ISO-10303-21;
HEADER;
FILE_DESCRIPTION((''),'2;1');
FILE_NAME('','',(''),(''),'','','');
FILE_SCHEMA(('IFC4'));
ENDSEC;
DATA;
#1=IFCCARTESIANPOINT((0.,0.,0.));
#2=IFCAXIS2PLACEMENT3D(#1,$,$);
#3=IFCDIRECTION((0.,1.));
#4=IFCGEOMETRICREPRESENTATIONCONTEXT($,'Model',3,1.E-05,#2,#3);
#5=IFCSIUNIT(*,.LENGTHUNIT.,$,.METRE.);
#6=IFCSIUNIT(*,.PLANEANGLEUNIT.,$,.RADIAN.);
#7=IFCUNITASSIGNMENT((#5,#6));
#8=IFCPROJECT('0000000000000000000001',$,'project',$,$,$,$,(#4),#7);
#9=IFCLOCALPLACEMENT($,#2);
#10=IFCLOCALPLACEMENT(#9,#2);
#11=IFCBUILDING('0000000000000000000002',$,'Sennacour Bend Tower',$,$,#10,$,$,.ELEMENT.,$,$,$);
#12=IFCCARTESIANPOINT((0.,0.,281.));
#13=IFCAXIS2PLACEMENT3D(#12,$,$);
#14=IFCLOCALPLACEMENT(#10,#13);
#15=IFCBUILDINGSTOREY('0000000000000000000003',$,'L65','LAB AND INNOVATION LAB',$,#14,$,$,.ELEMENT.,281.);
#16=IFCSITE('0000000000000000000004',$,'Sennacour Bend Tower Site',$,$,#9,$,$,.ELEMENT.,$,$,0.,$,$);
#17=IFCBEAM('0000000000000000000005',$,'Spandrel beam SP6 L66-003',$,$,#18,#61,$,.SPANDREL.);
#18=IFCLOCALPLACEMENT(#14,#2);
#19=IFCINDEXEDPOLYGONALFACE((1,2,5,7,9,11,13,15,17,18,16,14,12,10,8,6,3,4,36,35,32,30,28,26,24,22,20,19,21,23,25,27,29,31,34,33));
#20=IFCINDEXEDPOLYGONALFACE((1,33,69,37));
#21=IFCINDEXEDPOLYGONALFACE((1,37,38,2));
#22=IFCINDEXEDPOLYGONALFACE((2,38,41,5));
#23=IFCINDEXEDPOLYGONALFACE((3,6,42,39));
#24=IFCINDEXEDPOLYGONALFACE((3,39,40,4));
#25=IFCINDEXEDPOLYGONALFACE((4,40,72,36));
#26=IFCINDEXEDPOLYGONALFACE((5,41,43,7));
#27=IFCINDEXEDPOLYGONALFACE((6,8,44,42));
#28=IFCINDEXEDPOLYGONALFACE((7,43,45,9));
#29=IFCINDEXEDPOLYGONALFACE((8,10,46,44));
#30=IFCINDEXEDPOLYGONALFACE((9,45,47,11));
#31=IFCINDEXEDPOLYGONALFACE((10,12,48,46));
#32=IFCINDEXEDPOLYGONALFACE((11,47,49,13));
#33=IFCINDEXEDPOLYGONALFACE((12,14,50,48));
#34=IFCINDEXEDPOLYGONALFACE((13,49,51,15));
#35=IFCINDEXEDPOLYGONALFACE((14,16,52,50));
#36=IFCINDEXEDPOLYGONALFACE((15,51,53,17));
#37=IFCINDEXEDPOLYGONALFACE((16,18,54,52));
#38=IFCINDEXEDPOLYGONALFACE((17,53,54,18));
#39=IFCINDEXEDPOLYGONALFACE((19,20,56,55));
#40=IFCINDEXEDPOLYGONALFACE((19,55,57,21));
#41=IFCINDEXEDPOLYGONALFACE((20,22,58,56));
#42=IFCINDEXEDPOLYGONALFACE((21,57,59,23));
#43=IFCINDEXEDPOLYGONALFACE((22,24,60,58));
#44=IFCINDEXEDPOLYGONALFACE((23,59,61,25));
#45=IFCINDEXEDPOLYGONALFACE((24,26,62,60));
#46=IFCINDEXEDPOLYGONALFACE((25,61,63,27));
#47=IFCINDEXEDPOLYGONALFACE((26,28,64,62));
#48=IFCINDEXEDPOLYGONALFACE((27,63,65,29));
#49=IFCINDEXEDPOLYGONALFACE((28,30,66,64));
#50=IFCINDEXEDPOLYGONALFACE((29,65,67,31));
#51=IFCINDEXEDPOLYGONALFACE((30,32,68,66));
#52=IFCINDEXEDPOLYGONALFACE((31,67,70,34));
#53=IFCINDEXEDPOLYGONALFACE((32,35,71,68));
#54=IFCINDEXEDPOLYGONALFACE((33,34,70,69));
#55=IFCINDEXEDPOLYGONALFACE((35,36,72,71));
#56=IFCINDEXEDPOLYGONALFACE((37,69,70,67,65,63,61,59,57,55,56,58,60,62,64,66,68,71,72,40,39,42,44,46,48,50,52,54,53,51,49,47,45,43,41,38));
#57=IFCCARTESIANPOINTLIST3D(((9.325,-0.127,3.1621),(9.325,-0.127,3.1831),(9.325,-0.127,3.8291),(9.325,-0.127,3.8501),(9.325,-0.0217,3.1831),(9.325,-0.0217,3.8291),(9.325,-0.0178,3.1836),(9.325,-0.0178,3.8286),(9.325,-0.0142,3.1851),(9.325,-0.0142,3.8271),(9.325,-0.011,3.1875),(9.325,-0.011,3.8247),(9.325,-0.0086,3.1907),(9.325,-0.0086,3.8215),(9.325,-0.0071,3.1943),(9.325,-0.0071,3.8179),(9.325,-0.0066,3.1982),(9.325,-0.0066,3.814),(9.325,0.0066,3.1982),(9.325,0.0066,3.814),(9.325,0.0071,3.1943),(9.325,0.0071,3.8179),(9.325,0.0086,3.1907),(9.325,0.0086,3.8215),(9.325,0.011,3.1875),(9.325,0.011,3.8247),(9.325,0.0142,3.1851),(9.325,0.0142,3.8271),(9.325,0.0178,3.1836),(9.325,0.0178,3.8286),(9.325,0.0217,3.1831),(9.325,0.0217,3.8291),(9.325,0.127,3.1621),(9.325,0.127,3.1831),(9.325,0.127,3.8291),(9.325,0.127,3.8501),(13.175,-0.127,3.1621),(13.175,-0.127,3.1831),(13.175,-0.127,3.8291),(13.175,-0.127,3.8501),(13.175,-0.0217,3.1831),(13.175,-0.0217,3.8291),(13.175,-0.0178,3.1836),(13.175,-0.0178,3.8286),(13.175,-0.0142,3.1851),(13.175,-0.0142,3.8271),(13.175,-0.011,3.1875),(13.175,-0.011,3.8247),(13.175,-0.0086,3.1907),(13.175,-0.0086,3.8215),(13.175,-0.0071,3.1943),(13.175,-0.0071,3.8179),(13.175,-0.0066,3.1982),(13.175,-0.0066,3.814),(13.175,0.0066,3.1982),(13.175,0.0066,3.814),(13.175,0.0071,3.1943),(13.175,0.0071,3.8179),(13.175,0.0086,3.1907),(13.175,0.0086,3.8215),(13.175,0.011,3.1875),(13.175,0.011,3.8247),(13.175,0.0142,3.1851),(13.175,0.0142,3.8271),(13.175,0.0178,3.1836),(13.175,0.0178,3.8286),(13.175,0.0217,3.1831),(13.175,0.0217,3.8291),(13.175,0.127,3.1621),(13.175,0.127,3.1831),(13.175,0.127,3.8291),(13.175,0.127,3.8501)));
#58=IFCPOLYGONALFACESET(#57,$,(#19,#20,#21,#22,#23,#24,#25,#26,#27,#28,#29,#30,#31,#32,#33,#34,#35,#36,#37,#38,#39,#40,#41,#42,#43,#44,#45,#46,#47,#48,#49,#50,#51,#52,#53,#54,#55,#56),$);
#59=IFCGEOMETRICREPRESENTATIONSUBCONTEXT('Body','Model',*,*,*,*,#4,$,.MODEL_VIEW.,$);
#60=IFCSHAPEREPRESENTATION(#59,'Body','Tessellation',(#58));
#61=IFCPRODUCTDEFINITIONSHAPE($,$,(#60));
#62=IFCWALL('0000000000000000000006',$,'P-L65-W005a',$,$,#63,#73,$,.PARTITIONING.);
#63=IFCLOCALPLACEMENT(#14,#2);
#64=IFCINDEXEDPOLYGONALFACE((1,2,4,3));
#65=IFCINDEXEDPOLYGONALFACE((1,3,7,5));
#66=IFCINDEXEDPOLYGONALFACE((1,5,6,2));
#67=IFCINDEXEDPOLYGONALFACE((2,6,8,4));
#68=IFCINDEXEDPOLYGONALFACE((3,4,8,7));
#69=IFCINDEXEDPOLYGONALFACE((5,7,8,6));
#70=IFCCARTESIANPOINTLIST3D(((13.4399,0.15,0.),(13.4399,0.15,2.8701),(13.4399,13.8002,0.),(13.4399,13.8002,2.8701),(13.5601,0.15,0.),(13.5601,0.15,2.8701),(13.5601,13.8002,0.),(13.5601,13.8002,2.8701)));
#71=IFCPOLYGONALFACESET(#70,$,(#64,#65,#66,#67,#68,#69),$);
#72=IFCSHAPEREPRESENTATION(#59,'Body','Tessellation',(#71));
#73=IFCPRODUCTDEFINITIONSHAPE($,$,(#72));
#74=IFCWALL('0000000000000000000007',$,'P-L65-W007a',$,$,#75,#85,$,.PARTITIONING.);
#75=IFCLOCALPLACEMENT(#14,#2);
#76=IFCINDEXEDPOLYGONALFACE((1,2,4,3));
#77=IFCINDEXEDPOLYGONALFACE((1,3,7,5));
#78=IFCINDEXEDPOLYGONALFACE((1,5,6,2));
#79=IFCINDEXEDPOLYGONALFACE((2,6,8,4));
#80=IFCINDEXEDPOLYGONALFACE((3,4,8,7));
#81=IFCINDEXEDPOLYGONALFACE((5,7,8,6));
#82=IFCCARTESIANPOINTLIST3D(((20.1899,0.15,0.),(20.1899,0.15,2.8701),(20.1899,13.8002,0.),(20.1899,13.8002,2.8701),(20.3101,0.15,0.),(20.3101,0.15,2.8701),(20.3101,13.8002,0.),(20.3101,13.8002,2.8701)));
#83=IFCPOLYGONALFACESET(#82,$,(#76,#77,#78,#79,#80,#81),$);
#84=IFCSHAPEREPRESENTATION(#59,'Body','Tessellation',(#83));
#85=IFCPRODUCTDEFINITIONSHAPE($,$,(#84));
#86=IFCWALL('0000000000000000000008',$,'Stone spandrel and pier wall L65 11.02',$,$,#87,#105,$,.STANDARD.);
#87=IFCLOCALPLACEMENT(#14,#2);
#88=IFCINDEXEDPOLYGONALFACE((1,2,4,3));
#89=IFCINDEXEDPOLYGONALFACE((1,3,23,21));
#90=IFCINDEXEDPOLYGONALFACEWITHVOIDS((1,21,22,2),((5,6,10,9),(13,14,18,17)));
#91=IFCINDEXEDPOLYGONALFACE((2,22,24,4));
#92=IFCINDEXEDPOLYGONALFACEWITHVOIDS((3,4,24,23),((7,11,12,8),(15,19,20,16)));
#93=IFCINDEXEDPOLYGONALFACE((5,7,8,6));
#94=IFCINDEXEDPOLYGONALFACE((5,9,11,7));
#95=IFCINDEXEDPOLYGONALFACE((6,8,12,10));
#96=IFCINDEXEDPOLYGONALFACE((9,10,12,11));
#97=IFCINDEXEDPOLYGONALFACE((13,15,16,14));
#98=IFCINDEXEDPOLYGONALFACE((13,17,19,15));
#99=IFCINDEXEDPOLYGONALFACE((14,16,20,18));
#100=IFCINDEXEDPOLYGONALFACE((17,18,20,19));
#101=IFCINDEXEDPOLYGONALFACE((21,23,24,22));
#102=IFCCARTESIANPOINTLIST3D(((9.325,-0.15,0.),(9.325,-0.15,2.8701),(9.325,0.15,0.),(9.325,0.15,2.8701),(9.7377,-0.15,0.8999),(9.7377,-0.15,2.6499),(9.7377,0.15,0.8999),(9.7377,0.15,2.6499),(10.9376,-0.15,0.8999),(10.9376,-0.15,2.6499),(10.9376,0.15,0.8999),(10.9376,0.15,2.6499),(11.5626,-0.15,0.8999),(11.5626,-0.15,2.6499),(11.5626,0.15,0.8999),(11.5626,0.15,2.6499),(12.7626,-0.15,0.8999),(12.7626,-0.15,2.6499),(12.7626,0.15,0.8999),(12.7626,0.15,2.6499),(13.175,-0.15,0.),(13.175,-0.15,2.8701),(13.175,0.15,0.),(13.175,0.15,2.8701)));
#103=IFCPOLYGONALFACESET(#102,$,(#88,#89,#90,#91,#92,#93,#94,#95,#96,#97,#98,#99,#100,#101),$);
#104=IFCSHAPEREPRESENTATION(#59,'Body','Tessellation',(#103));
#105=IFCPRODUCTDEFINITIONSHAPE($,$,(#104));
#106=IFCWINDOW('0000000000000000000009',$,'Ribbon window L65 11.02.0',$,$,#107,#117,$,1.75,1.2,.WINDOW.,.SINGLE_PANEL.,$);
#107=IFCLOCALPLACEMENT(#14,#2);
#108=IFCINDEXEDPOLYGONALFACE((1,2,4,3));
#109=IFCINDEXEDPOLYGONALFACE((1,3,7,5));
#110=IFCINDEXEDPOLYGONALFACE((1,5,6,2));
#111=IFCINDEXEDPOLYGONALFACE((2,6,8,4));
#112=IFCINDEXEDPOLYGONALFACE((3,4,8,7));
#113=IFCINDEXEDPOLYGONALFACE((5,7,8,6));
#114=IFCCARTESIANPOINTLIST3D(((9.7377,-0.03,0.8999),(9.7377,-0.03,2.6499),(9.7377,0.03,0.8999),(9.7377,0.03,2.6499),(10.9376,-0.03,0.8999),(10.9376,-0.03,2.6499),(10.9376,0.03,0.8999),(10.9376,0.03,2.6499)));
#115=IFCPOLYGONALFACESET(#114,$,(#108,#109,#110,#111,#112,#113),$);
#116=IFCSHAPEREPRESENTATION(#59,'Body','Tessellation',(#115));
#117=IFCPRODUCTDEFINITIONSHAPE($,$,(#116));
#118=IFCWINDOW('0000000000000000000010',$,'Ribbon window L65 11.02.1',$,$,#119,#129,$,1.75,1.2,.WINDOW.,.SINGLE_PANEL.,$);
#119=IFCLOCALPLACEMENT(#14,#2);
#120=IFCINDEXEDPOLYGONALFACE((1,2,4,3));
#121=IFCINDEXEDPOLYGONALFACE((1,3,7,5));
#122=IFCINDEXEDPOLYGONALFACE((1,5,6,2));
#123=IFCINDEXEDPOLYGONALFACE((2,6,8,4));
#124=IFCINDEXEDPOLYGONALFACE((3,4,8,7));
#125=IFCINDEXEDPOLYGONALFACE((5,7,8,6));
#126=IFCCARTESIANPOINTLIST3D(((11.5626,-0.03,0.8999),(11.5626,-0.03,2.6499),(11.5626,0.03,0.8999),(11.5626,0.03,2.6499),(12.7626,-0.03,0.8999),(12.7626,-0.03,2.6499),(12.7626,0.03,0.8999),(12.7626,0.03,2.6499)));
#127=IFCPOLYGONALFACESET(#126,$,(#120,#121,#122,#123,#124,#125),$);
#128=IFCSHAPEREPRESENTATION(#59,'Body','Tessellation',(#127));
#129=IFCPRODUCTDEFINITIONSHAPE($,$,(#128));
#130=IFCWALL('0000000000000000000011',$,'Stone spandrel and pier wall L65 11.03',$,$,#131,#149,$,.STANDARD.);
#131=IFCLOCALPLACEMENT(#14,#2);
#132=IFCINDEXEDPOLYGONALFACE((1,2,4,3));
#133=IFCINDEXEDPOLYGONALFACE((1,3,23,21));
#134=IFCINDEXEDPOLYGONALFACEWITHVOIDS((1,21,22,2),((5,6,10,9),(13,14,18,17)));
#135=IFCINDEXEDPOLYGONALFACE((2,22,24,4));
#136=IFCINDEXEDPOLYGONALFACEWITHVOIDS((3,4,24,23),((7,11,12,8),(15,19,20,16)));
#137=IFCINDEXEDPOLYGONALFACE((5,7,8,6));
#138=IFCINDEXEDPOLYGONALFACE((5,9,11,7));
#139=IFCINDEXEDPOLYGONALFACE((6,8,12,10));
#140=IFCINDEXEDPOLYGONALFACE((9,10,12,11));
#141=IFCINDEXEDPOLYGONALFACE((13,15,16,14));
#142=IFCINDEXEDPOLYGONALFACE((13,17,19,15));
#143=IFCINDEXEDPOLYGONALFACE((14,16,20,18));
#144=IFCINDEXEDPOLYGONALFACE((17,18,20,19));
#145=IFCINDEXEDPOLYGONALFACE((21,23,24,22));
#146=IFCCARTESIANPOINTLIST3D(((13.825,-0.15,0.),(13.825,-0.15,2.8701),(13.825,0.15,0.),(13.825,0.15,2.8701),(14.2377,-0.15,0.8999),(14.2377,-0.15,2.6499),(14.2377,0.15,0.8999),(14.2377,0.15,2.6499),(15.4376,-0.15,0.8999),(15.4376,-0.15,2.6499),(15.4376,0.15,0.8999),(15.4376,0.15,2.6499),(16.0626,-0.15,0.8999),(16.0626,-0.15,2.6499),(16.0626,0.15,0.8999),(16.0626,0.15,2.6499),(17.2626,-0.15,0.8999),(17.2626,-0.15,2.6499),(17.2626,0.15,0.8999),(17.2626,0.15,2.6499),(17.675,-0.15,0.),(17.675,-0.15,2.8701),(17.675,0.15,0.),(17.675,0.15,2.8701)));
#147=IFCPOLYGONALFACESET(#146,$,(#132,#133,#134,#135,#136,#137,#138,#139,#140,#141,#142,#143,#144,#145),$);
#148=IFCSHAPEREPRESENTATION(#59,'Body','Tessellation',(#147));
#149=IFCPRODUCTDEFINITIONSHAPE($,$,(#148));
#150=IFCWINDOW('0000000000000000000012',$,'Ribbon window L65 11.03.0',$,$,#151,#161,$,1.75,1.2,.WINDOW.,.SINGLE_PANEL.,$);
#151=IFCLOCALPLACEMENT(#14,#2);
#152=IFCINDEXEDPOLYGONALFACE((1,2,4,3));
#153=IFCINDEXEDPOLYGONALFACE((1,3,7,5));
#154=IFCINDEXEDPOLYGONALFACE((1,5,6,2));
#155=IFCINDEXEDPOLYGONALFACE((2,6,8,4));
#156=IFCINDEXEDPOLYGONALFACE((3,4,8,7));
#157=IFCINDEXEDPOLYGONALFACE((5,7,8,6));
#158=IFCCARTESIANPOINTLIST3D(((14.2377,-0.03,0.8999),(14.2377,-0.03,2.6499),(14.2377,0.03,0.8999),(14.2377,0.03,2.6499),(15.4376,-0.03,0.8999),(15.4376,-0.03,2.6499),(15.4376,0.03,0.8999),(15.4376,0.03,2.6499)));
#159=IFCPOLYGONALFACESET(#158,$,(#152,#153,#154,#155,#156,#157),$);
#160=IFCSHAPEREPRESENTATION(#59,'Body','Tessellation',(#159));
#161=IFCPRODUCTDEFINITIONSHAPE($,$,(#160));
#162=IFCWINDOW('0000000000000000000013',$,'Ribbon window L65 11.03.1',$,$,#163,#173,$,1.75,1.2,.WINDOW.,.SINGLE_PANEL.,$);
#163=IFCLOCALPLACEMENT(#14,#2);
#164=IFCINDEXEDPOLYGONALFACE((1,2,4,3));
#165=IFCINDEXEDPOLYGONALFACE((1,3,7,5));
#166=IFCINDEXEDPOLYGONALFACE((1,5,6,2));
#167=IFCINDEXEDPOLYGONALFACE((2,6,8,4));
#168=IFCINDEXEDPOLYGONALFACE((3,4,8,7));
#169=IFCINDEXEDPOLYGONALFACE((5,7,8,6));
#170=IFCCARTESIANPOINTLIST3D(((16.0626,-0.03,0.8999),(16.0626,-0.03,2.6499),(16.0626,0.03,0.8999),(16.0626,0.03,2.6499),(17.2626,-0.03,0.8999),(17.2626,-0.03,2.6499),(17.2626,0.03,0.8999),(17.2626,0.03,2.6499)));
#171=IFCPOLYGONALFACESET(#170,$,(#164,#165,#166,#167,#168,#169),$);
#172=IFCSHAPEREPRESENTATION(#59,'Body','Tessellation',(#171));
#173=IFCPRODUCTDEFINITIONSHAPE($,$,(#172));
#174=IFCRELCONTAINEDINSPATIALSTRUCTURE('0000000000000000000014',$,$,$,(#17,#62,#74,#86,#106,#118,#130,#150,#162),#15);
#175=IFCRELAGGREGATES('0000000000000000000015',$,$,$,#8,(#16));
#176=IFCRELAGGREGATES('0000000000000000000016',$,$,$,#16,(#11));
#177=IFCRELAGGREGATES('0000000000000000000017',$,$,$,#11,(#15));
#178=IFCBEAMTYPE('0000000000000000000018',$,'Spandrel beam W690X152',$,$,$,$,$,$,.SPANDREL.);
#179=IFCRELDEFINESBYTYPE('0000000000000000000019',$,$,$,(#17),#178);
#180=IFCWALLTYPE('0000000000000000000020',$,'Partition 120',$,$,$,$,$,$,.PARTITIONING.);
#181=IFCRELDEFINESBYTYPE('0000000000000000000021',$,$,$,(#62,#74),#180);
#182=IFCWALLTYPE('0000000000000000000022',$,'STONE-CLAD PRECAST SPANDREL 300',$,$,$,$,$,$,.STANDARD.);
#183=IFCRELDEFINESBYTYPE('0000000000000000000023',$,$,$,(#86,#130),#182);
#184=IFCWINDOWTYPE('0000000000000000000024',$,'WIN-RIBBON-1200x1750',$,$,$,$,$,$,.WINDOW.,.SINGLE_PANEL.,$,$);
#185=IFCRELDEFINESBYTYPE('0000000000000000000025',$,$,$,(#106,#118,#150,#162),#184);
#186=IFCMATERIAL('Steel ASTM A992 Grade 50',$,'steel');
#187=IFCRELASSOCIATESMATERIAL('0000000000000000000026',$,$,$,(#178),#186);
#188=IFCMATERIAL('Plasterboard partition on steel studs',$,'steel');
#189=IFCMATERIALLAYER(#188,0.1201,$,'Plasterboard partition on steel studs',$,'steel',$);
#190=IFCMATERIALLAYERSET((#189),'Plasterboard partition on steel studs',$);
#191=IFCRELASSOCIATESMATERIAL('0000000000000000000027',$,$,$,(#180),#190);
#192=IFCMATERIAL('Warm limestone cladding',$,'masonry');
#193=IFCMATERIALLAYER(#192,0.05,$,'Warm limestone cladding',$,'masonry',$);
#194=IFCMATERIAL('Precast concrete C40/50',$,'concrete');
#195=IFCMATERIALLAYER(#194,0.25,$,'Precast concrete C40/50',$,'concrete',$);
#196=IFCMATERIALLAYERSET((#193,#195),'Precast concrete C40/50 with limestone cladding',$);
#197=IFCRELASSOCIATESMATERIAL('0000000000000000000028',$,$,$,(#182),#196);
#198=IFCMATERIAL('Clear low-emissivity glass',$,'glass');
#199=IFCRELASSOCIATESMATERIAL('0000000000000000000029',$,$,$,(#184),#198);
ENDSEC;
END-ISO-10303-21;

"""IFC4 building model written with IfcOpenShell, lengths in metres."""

from ifc_helpers import new_model, si_unit, direction, frame, frame_2d, origin, origin_2d, place, context, subcontext, project, spatial, rectangle, i_section, extrude, material, layer, layer_set, material_profile, profile_set, type_object, element, fill, save


model = new_model("IFC4")

# Units and contexts
model_context = context("Model", 3, precision=1e-05, world=origin(), true_north=direction((0.0, 1.0)))
body_context = subcontext(model_context, "Body", "Model", "MODEL_VIEW")
ifc_project = project(units=[si_unit("LENGTHUNIT", "METRE"), si_unit("PLANEANGLEUNIT", "RADIAN")], contexts=[model_context])

# Site, building, storey
site_placement = place(None, origin())
site = spatial("IfcSite", under=ifc_project, at=site_placement, Name="Sennacour Bend Tower Site", CompositionType="ELEMENT", RefElevation=0.0)
building_placement = place(site_placement, origin())
building = spatial("IfcBuilding", under=site, at=building_placement, Name="Sennacour Bend Tower", CompositionType="ELEMENT")
storey_placement = place(building_placement, frame((0.0, 0.0, 281.0)))
storey = spatial("IfcBuildingStorey", under=building, at=storey_placement, Name="L65", Description="LAB AND INNOVATION LAB", CompositionType="ELEMENT", Elevation=281.0)

# Beam
ifc_material_1 = material(Name="Steel ASTM A992 Grade 50", Category="steel")
ifc_material_profile_1 = material_profile(ifc_material_1, i_section(OverallWidth=0.2539, OverallDepth=0.688, WebThickness=0.0132, FlangeThickness=0.021, FilletRadius=0.0151, at=origin_2d()), Name="Steel ASTM A992 Grade 50", Category="steel")
ifc_profile_set_1 = profile_set([ifc_material_profile_1], Name="Steel ASTM A992 Grade 50")
beam_type_1 = type_object("IfcBeamType", Name="Spandrel beam W690X152", PredefinedType="SPANDREL", material=ifc_profile_set_1)
for number, where, z_axis, x_axis, name in (
    (1, (13.175, 0.0, 3.5061), (-1.0, 0.0, 0.0), (0.0, -1.0, 0.0), "Spandrel beam SP6 L66-003"),
):
    element("IfcBeam", number, at=place(storey_placement, frame(where, z_axis=z_axis, x_axis=x_axis)), inside=storey, type_object=beam_type_1, Name=name, PredefinedType="SPANDREL", context=body_context, shape_type="SweptSolid", body=[
        extrude(i_section(OverallWidth=0.2539, OverallDepth=0.688, WebThickness=0.0132, FlangeThickness=0.021, FilletRadius=0.0151, at=origin_2d()), origin(), (0.0, 0.0, 1.0), 3.8501),
    ])

# Walls
ifc_material_2 = material(Name="Plasterboard partition on steel studs", Category="steel")
ifc_layer_1 = layer(ifc_material_2, 0.1201, Name="Plasterboard partition on steel studs", Category="steel")
ifc_layer_set_1 = layer_set([ifc_layer_1], Name="Plasterboard partition on steel studs")
wall_type_1 = type_object("IfcWallType", Name="Partition 120", PredefinedType="PARTITIONING", material=ifc_layer_set_1)
for number, where, z_axis, x_axis, name in (
    (2, (13.5, 0.1499, 0.0), (0.0, 0.0, 1.0), (0.0, 1.0, 0.0), "P-L65-W005a"),
    (3, (20.25, 0.1499, 0.0), (0.0, 0.0, 1.0), (0.0, 1.0, 0.0), "P-L65-W007a"),
):
    element("IfcWall", number, at=place(storey_placement, frame(where, z_axis=z_axis, x_axis=x_axis)), inside=storey, type_object=wall_type_1, Name=name, PredefinedType="PARTITIONING", context=body_context, shape_type="SweptSolid", body=[
        extrude(rectangle(XDim=13.6501, YDim=0.1201, at=frame_2d((6.8252, 0.0))), origin(), (0.0, 0.0, 1.0), 2.8701),
    ])

# Walls, openings, windows
ifc_material_3 = material(Name="Warm limestone cladding", Category="masonry")
ifc_layer_2 = layer(ifc_material_3, 0.05, Name="Warm limestone cladding", Category="masonry")
ifc_material_4 = material(Name="Precast concrete C40/50", Category="concrete")
ifc_layer_3 = layer(ifc_material_4, 0.25, Name="Precast concrete C40/50", Category="concrete")
ifc_layer_set_2 = layer_set([ifc_layer_2, ifc_layer_3], Name="Precast concrete C40/50 with limestone cladding")
wall_type_2 = type_object("IfcWallType", Name="STONE-CLAD PRECAST SPANDREL 300", PredefinedType="STANDARD", material=ifc_layer_set_2)
wall_1_placement = place(storey_placement, frame((9.325, 0.0, 0.0), z_axis=(0.0, 0.0, 1.0), x_axis=(1.0, 0.0, 0.0)))
wall_1 = element("IfcWall", 4, at=wall_1_placement, inside=storey, type_object=wall_type_2, Name="Stone spandrel and pier wall L65 11.02", PredefinedType="STANDARD", context=body_context, shape_type="SweptSolid", body=[
    extrude(rectangle(XDim=3.8501, YDim=0.3, at=frame_2d((1.925, 0.0))), origin(), (0.0, 0.0, 1.0), 2.8701),
])
opening_1_placement = place(wall_1_placement, frame((0.4126, 0.0, 0.8999)))
opening_1 = element("IfcOpeningElement", 5, at=opening_1_placement, cuts=wall_1, PredefinedType="OPENING", context=body_context, shape_type="SweptSolid", body=[
    extrude(rectangle(XDim=1.2, YDim=1.75, at=frame_2d((0.6001, 0.875))), frame((0.0, 0.1602, 0.0), z_axis=(0.0, -1.0, 0.0), x_axis=(1.0, 0.0, 0.0)), (0.0, 0.0, 1.0), 0.3201),
])
opening_2_placement = place(wall_1_placement, frame((2.2375, 0.0, 0.8999)))
opening_2 = element("IfcOpeningElement", 6, at=opening_2_placement, cuts=wall_1, PredefinedType="OPENING", context=body_context, shape_type="SweptSolid", body=[
    extrude(rectangle(XDim=1.2, YDim=1.75, at=frame_2d((0.6001, 0.875))), frame((0.0, 0.1602, 0.0), z_axis=(0.0, -1.0, 0.0), x_axis=(1.0, 0.0, 0.0)), (0.0, 0.0, 1.0), 0.3201),
])
ifc_material_5 = material(Name="Clear low-emissivity glass", Category="glass")
window_type = type_object("IfcWindowType", Name="WIN-RIBBON-1200x1750", PartitioningType="SINGLE_PANEL", PredefinedType="WINDOW", material=ifc_material_5)
window_1_placement = place(opening_1_placement, origin())
window_1 = element("IfcWindow", 7, at=window_1_placement, inside=storey, type_object=window_type, Name="Ribbon window L65 11.02.0", OverallHeight=1.75, OverallWidth=1.2, PartitioningType="SINGLE_PANEL", PredefinedType="WINDOW", context=body_context, shape_type="SweptSolid", body=[
    extrude(rectangle(XDim=1.2, YDim=1.75, at=frame_2d((0.6001, 0.875))), frame((0.0, 0.03, 0.0), z_axis=(0.0, -1.0, 0.0), x_axis=(1.0, 0.0, 0.0)), (0.0, 0.0, 1.0), 0.0601),
])
fill(opening_1, window_1)
window_2_placement = place(opening_2_placement, origin())
window_2 = element("IfcWindow", 8, at=window_2_placement, inside=storey, type_object=window_type, Name="Ribbon window L65 11.02.1", OverallHeight=1.75, OverallWidth=1.2, PartitioningType="SINGLE_PANEL", PredefinedType="WINDOW", context=body_context, shape_type="SweptSolid", body=[
    extrude(rectangle(XDim=1.2, YDim=1.75, at=frame_2d((0.6001, 0.875))), frame((0.0, 0.03, 0.0), z_axis=(0.0, -1.0, 0.0), x_axis=(1.0, 0.0, 0.0)), (0.0, 0.0, 1.0), 0.0601),
])
fill(opening_2, window_2)
wall_2_placement = place(storey_placement, frame((13.825, 0.0, 0.0), z_axis=(0.0, 0.0, 1.0), x_axis=(1.0, 0.0, 0.0)))
wall_2 = element("IfcWall", 9, at=wall_2_placement, inside=storey, type_object=wall_type_2, Name="Stone spandrel and pier wall L65 11.03", PredefinedType="STANDARD", context=body_context, shape_type="SweptSolid", body=[
    extrude(rectangle(XDim=3.8501, YDim=0.3, at=frame_2d((1.925, 0.0))), origin(), (0.0, 0.0, 1.0), 2.8701),
])
opening_3_placement = place(wall_2_placement, frame((0.4126, 0.0, 0.8999)))
opening_3 = element("IfcOpeningElement", 10, at=opening_3_placement, cuts=wall_2, PredefinedType="OPENING", context=body_context, shape_type="SweptSolid", body=[
    extrude(rectangle(XDim=1.2, YDim=1.75, at=frame_2d((0.6001, 0.875))), frame((0.0, 0.1602, 0.0), z_axis=(0.0, -1.0, 0.0), x_axis=(1.0, 0.0, 0.0)), (0.0, 0.0, 1.0), 0.3201),
])
opening_4_placement = place(wall_2_placement, frame((2.2375, 0.0, 0.8999)))
opening_4 = element("IfcOpeningElement", 11, at=opening_4_placement, cuts=wall_2, PredefinedType="OPENING", context=body_context, shape_type="SweptSolid", body=[
    extrude(rectangle(XDim=1.2, YDim=1.75, at=frame_2d((0.6001, 0.875))), frame((0.0, 0.1602, 0.0), z_axis=(0.0, -1.0, 0.0), x_axis=(1.0, 0.0, 0.0)), (0.0, 0.0, 1.0), 0.3201),
])
window_3_placement = place(opening_3_placement, origin())
window_3 = element("IfcWindow", 12, at=window_3_placement, inside=storey, type_object=window_type, Name="Ribbon window L65 11.03.0", OverallHeight=1.75, OverallWidth=1.2, PartitioningType="SINGLE_PANEL", PredefinedType="WINDOW", context=body_context, shape_type="SweptSolid", body=[
    extrude(rectangle(XDim=1.2, YDim=1.75, at=frame_2d((0.6001, 0.875))), frame((0.0, 0.03, 0.0), z_axis=(0.0, -1.0, 0.0), x_axis=(1.0, 0.0, 0.0)), (0.0, 0.0, 1.0), 0.0601),
])
fill(opening_3, window_3)
window_4_placement = place(opening_4_placement, origin())
window_4 = element("IfcWindow", 13, at=window_4_placement, inside=storey, type_object=window_type, Name="Ribbon window L65 11.03.1", OverallHeight=1.75, OverallWidth=1.2, PartitioningType="SINGLE_PANEL", PredefinedType="WINDOW", context=body_context, shape_type="SweptSolid", body=[
    extrude(rectangle(XDim=1.2, YDim=1.75, at=frame_2d((0.6001, 0.875))), frame((0.0, 0.03, 0.0), z_axis=(0.0, -1.0, 0.0), x_axis=(1.0, 0.0, 0.0)), (0.0, 0.0, 1.0), 0.0601),
])
fill(opening_4, window_4)

save(model, "model.ifc")
